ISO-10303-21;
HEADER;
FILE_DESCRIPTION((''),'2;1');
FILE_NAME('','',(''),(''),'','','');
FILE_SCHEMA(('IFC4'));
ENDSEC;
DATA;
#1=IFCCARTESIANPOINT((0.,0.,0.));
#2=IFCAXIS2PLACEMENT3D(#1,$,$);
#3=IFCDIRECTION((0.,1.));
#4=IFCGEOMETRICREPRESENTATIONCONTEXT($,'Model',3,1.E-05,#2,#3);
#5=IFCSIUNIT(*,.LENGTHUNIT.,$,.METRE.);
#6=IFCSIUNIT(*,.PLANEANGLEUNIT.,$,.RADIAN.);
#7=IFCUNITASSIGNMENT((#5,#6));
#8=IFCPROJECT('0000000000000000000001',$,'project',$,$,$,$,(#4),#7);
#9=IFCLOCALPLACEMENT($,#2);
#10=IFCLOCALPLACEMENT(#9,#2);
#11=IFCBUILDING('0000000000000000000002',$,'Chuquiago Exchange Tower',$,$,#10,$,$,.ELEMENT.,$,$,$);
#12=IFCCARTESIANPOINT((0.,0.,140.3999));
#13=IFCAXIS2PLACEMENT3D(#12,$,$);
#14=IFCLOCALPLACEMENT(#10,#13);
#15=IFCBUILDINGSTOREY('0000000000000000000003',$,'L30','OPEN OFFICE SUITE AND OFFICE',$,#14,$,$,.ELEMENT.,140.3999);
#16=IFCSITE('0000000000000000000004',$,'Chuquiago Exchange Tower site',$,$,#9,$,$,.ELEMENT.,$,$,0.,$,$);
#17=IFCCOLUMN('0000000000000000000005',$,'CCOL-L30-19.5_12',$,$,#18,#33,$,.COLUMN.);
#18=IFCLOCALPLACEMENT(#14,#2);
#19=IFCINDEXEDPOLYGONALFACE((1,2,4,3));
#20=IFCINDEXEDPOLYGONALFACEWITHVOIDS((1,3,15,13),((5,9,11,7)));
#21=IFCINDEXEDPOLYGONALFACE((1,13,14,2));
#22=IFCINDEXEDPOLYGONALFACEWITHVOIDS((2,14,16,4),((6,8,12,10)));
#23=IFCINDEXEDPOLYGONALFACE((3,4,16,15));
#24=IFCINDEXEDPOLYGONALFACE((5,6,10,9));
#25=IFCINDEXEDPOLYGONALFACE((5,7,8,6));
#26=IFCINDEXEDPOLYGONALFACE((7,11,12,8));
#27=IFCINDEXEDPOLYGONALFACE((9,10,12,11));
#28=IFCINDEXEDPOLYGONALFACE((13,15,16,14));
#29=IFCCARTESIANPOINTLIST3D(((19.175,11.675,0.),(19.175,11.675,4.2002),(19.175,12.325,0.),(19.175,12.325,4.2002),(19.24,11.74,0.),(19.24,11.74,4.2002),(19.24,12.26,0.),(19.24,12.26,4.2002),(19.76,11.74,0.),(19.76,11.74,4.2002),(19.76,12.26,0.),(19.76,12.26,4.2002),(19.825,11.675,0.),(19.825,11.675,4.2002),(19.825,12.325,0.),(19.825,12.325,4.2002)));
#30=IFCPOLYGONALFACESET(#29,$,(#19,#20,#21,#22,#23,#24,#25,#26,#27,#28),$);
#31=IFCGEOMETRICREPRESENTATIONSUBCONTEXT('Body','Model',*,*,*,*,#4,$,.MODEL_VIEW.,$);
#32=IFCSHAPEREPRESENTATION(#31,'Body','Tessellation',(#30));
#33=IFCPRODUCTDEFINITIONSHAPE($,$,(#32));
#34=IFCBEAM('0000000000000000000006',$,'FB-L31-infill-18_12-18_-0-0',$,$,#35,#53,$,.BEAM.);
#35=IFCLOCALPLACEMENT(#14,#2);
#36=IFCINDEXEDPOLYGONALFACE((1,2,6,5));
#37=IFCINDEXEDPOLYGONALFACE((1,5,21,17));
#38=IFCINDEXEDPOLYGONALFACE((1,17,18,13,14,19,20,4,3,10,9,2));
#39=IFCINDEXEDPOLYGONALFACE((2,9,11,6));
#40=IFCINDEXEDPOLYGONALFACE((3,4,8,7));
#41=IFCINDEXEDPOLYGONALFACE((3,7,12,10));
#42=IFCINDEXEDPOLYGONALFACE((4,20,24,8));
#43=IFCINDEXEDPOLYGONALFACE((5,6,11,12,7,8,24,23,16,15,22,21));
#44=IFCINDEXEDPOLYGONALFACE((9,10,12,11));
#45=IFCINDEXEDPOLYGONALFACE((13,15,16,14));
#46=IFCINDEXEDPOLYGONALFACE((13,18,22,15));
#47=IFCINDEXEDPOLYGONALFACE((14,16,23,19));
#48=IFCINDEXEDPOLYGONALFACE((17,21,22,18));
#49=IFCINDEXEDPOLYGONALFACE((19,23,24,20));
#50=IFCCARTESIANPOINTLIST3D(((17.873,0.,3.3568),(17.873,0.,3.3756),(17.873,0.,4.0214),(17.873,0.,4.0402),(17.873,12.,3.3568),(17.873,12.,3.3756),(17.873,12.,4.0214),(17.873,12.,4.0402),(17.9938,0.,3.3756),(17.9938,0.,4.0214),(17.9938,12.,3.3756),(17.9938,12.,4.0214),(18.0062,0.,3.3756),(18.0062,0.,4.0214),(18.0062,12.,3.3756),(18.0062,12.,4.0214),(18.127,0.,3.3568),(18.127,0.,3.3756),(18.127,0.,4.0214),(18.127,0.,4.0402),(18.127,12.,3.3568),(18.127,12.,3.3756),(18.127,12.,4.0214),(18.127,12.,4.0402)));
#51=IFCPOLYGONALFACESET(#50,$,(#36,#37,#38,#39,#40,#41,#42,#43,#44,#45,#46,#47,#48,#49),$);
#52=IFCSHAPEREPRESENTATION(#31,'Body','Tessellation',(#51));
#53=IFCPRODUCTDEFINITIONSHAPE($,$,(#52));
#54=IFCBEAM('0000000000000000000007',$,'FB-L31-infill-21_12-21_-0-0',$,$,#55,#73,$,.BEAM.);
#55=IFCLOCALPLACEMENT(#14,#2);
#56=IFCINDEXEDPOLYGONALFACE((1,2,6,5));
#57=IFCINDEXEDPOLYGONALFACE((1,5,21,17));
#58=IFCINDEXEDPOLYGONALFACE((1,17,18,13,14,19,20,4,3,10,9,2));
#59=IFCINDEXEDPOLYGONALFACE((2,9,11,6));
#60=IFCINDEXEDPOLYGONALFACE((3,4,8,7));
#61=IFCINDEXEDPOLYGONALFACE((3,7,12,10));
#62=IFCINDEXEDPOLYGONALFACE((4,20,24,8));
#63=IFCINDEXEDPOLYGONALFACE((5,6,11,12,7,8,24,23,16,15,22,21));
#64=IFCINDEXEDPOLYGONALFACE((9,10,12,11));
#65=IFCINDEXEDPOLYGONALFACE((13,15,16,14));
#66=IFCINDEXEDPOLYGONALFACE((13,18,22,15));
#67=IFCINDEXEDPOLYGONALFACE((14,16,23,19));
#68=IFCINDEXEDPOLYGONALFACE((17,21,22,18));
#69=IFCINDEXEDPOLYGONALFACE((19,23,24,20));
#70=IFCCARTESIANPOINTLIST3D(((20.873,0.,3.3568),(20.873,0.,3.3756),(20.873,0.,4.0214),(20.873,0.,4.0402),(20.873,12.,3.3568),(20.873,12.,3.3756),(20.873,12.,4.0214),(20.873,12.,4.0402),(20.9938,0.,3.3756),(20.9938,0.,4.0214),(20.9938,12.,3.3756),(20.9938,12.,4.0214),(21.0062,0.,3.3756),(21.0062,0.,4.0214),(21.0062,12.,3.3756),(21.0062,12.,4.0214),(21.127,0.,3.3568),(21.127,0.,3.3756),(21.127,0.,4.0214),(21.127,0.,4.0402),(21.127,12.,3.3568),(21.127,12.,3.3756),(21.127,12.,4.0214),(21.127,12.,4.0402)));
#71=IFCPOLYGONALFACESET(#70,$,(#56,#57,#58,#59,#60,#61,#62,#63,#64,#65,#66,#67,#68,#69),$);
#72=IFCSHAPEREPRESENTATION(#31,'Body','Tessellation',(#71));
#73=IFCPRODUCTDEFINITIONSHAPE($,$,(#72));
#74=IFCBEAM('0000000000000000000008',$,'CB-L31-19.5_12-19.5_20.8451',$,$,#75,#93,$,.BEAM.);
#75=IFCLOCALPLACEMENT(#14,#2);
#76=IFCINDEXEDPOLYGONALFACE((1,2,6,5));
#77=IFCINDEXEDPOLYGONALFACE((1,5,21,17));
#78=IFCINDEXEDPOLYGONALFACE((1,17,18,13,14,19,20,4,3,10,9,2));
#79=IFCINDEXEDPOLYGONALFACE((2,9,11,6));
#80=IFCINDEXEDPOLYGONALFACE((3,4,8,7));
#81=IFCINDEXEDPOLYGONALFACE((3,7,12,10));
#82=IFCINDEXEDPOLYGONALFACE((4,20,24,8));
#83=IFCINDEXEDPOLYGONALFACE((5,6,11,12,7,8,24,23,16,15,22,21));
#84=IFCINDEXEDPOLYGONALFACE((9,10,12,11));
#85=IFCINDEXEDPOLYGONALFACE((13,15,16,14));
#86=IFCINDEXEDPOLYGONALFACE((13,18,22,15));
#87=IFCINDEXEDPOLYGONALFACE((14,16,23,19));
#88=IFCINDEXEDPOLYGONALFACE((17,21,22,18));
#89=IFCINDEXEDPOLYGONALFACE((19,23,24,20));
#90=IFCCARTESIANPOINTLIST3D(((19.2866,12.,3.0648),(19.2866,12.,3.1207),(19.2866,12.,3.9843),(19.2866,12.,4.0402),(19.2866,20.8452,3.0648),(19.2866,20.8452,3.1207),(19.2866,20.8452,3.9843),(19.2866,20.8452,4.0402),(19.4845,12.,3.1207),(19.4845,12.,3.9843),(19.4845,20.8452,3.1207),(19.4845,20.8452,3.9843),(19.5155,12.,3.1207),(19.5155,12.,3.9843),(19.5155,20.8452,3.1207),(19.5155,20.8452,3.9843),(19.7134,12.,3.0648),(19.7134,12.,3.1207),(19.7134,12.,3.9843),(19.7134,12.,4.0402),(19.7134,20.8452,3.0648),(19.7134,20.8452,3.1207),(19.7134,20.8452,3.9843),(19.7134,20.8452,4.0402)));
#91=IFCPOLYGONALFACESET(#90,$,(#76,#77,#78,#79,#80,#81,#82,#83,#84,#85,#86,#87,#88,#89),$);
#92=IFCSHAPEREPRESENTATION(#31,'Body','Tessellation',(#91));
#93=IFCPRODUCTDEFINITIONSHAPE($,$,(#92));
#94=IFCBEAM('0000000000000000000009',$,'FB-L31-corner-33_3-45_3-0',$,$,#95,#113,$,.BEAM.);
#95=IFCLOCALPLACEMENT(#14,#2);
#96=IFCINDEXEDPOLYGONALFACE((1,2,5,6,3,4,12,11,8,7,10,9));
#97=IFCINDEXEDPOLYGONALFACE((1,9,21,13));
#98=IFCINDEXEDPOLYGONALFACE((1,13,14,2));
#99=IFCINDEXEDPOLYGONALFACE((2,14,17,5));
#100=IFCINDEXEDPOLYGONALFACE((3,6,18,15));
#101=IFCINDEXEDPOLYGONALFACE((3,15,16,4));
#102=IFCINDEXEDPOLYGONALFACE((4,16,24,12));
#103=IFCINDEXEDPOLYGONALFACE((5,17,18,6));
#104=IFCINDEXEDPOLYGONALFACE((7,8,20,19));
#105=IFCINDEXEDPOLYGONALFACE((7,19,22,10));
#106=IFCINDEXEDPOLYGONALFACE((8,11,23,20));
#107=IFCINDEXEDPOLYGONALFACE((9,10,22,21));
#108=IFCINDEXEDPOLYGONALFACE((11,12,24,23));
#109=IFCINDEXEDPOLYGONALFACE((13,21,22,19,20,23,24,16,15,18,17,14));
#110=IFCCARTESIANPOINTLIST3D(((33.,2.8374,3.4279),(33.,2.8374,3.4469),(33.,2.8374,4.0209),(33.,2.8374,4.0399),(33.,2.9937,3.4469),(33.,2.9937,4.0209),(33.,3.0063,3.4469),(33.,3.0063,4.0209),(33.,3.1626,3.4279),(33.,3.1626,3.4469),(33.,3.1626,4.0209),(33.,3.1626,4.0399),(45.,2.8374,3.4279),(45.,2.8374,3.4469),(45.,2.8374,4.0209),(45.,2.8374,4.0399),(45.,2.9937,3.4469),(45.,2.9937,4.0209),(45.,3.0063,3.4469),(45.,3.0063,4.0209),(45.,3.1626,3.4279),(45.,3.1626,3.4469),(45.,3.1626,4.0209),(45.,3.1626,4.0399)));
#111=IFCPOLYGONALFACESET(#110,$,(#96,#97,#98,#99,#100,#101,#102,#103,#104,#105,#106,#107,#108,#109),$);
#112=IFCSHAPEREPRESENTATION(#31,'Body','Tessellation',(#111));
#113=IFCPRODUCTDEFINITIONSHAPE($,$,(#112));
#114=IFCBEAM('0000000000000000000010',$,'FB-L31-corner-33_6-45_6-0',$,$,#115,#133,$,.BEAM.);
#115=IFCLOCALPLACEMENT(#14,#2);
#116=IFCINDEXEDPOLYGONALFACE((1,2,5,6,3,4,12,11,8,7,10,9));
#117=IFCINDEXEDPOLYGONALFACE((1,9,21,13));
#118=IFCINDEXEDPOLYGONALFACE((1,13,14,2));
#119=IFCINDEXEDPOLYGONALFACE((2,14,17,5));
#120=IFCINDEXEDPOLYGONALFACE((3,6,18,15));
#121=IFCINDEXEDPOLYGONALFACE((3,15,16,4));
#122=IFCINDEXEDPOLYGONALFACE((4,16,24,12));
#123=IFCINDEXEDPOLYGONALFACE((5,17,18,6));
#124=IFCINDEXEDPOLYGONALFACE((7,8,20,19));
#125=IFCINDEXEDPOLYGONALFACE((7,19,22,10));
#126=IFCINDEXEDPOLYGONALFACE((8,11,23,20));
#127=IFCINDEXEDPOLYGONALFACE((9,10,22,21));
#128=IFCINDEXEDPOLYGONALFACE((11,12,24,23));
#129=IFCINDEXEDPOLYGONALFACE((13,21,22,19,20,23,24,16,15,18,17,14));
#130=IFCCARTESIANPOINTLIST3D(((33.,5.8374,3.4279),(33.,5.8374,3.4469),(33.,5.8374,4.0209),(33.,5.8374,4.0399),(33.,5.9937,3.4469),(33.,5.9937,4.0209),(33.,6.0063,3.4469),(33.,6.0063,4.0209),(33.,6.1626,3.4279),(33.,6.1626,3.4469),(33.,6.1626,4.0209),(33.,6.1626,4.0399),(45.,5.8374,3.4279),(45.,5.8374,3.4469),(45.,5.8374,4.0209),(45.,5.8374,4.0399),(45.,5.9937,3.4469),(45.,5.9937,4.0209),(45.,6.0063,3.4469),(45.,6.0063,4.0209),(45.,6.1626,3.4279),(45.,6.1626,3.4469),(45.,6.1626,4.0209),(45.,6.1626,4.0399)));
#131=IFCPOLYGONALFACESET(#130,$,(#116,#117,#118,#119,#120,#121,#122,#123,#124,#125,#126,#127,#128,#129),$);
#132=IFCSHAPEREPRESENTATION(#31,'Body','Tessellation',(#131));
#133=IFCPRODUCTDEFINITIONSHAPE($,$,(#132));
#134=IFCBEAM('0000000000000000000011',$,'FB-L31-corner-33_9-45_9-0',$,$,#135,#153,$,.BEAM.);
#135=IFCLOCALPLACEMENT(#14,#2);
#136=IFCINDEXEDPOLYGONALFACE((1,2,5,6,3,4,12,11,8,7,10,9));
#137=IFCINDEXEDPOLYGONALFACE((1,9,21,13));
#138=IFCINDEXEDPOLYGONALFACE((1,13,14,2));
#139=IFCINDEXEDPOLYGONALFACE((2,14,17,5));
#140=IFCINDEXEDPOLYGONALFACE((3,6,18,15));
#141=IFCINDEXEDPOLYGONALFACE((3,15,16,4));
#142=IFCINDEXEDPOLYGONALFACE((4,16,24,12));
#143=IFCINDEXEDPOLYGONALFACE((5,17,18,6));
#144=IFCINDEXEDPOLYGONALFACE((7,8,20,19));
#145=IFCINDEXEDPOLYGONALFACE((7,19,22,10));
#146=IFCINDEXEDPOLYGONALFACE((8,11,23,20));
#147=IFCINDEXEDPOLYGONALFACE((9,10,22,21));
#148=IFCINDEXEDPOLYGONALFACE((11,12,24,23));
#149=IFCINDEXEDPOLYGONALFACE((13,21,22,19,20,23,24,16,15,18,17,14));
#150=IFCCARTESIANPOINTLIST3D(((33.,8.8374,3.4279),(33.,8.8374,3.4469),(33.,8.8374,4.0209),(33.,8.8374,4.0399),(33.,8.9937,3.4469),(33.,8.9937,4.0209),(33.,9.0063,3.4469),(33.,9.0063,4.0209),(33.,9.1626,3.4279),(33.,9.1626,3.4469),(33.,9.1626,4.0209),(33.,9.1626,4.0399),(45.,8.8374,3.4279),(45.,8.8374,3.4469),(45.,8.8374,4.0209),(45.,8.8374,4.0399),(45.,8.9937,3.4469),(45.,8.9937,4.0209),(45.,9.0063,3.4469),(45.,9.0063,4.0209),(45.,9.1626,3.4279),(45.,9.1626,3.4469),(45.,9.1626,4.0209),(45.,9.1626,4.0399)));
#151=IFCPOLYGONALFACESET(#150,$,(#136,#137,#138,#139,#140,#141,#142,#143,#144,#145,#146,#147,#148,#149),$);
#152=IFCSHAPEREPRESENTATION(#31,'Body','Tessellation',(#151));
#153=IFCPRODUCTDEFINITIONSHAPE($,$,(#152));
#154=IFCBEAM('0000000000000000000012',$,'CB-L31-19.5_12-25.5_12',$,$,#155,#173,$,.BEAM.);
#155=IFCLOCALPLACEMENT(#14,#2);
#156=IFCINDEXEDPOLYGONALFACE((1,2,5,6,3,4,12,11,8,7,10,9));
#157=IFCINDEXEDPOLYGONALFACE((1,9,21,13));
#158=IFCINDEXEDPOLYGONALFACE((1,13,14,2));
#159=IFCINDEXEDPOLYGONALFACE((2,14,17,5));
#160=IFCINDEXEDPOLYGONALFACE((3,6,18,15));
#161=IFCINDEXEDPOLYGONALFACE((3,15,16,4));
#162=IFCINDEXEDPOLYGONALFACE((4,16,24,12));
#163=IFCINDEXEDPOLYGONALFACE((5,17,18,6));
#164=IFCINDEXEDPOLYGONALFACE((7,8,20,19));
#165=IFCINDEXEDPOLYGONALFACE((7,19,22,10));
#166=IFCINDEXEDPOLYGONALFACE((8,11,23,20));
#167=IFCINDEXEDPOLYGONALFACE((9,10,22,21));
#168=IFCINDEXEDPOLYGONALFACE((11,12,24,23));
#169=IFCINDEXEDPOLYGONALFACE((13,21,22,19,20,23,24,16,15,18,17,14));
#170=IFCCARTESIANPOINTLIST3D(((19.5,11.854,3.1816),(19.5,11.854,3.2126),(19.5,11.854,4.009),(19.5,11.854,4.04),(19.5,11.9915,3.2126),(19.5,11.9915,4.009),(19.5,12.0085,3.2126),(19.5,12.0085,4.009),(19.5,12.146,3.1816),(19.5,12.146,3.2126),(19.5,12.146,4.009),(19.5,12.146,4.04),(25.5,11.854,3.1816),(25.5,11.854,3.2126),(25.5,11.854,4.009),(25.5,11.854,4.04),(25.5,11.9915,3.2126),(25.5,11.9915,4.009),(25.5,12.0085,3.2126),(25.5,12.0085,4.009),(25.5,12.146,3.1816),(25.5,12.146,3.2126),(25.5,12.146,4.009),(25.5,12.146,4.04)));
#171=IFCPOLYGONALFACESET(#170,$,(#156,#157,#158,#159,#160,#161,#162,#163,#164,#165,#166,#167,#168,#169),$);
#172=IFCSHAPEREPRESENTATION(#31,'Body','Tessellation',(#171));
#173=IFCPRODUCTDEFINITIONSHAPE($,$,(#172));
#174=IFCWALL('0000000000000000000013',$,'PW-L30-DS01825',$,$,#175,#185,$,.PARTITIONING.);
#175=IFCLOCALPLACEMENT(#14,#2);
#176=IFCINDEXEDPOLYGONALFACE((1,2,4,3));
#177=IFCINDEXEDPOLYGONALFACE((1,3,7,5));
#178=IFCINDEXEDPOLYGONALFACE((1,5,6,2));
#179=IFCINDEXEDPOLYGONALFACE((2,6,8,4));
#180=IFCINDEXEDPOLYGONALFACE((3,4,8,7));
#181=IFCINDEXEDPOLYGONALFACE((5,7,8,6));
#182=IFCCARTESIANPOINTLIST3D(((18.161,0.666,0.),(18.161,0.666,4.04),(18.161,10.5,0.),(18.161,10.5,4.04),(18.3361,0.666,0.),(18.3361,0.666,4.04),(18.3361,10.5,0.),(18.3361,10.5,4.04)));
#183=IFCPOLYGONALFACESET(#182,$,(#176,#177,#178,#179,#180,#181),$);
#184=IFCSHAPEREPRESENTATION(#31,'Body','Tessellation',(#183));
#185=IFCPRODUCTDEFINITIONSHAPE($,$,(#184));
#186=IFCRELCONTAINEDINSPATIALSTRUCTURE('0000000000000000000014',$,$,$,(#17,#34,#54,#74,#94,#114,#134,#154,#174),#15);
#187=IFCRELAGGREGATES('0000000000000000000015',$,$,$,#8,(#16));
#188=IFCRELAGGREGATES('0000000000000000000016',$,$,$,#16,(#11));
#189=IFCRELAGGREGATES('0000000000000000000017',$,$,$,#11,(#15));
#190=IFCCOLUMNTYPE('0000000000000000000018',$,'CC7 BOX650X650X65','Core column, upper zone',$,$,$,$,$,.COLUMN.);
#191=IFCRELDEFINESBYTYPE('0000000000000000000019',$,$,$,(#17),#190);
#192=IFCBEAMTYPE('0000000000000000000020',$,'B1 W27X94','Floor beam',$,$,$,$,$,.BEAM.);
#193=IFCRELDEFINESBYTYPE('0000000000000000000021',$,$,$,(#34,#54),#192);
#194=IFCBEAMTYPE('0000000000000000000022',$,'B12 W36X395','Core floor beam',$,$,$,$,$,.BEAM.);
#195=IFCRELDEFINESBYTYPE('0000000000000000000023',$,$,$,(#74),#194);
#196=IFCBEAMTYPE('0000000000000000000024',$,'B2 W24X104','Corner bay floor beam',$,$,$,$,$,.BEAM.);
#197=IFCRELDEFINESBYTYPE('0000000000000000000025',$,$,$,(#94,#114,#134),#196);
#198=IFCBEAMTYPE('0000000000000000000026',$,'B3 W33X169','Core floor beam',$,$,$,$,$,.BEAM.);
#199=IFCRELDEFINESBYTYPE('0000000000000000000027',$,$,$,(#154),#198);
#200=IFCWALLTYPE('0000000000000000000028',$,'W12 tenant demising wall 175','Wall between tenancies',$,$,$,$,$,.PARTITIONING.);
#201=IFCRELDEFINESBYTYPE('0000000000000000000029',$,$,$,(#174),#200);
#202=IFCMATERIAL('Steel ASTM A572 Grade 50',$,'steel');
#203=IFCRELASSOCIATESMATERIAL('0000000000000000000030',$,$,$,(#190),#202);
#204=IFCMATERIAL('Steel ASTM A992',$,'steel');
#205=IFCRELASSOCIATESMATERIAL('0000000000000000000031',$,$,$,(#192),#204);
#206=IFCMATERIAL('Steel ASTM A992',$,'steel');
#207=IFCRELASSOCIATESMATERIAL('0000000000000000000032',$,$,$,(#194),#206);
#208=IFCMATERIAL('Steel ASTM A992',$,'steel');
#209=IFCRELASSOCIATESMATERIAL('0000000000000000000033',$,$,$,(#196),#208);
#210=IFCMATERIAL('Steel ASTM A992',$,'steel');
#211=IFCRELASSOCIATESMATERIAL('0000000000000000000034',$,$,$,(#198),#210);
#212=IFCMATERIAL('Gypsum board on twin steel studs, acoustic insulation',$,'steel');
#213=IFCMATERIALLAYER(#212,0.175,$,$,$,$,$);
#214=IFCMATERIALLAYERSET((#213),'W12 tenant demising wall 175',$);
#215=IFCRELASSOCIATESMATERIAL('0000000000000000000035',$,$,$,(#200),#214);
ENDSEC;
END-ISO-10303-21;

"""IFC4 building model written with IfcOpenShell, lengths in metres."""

from ifc_helpers import new_model, si_unit, direction, frame, frame_2d, origin, origin_2d, place, context, subcontext, project, spatial, rectangle, hollow_rectangle, i_section, extrude, material, layer, layer_set, material_profile, profile_set, type_object, element, save


model = new_model("IFC4")

# Units and contexts
model_context = context("Model", 3, precision=1e-05, world=origin(), true_north=direction((0.0, 1.0)))
body_context = subcontext(model_context, "Body", "Model", "MODEL_VIEW")
ifc_project = project(units=[si_unit("LENGTHUNIT", "METRE"), si_unit("PLANEANGLEUNIT", "RADIAN")], contexts=[model_context])

# Site, building, storey
site_placement = place(None, origin())
site = spatial("IfcSite", under=ifc_project, at=site_placement, Name="Chuquiago Exchange Tower site", CompositionType="ELEMENT", RefElevation=0.0)
building_placement = place(site_placement, origin())
building = spatial("IfcBuilding", under=site, at=building_placement, Name="Chuquiago Exchange Tower", CompositionType="ELEMENT")
storey_placement = place(building_placement, frame((0.0, 0.0, 140.3999)))
storey = spatial("IfcBuildingStorey", under=building, at=storey_placement, Name="L30", Description="OPEN OFFICE SUITE AND OFFICE", CompositionType="ELEMENT", Elevation=140.3999)

# Column
ifc_material_1 = material(Name="Steel ASTM A572 Grade 50", Category="steel")
ifc_material_profile_1 = material_profile(ifc_material_1, hollow_rectangle(XDim=0.6499, YDim=0.6499, WallThickness=0.0649, at=origin_2d()), Name="BOX650X650X65")
ifc_profile_set_1 = profile_set([ifc_material_profile_1], Name="Steel ASTM A572 Grade 50")
column_type = type_object("IfcColumnType", Name="CC7 BOX650X650X65", Description="Core column, upper zone", PredefinedType="COLUMN", material=ifc_profile_set_1)
column_placement = place(storey_placement, frame((19.5, 12.0, 0.0), z_axis=(0.0, 0.0, 1.0), x_axis=(1.0, 0.0, 0.0)))
element("IfcColumn", 1, at=column_placement, inside=storey, type_object=column_type, Name="CCOL-L30-19.5_12", PredefinedType="COLUMN", context=body_context, shape_type="SweptSolid", body=[
    extrude(hollow_rectangle(XDim=0.6499, YDim=0.6499, WallThickness=0.0649, at=origin_2d()), origin(), (0.0, 0.0, 1.0), 4.2002),
])

# Beams
ifc_material_2 = material(Name="Steel ASTM A992", Category="steel")
ifc_material_profile_2 = material_profile(ifc_material_2, i_section(OverallWidth=0.2539, OverallDepth=0.6833, WebThickness=0.0125, FlangeThickness=0.0188, at=origin_2d()), Name="W27X94")
ifc_profile_set_2 = profile_set([ifc_material_profile_2], Name="Steel ASTM A992")
beam_type_1 = type_object("IfcBeamType", Name="B1 W27X94", Description="Floor beam", PredefinedType="BEAM", material=ifc_profile_set_2)
for number, where, z_axis, x_axis, name in (
    (2, (18.0, 12.0, 3.6985), (0.0, -1.0, 0.0), (1.0, 0.0, 0.0), "FB-L31-infill-18_12-18_-0-0"),
    (3, (21.0, 12.0, 3.6985), (0.0, -1.0, 0.0), (1.0, 0.0, 0.0), "FB-L31-infill-21_12-21_-0-0"),
):
    element("IfcBeam", number, at=place(storey_placement, frame(where, z_axis=z_axis, x_axis=x_axis)), inside=storey, type_object=beam_type_1, Name=name, PredefinedType="BEAM", context=body_context, shape_type="SweptSolid", body=[
        extrude(i_section(OverallWidth=0.2539, OverallDepth=0.6833, WebThickness=0.0125, FlangeThickness=0.0188, at=origin_2d()), origin(), (0.0, 0.0, 1.0), 12.0),
    ])
ifc_material_3 = material(Name="Steel ASTM A992", Category="steel")
ifc_material_profile_3 = material_profile(ifc_material_3, i_section(OverallWidth=0.4268, OverallDepth=0.9753, WebThickness=0.031, FlangeThickness=0.0559, at=origin_2d()), Name="W36X395")
ifc_profile_set_3 = profile_set([ifc_material_profile_3], Name="Steel ASTM A992")
beam_type_2 = type_object("IfcBeamType", Name="B12 W36X395", Description="Core floor beam", PredefinedType="BEAM", material=ifc_profile_set_3)
beam_1_placement = place(storey_placement, frame((19.5, 12.0, 3.5525), z_axis=(0.0, 1.0, 0.0), x_axis=(-1.0, 0.0, 0.0)))
element("IfcBeam", 4, at=beam_1_placement, inside=storey, type_object=beam_type_2, Name="CB-L31-19.5_12-19.5_20.8451", PredefinedType="BEAM", context=body_context, shape_type="SweptSolid", body=[
    extrude(i_section(OverallWidth=0.4268, OverallDepth=0.9753, WebThickness=0.031, FlangeThickness=0.0559, at=origin_2d()), origin(), (0.0, 0.0, 1.0), 8.8452),
])
ifc_material_4 = material(Name="Steel ASTM A992", Category="steel")
ifc_material_profile_4 = material_profile(ifc_material_4, i_section(OverallWidth=0.3252, OverallDepth=0.6121, WebThickness=0.0127, FlangeThickness=0.019, at=origin_2d()), Name="W24X104")
ifc_profile_set_4 = profile_set([ifc_material_profile_4], Name="Steel ASTM A992")
beam_type_3 = type_object("IfcBeamType", Name="B2 W24X104", Description="Corner bay floor beam", PredefinedType="BEAM", material=ifc_profile_set_4)
for number, where, z_axis, x_axis, name in (
    (5, (33.0, 3.0, 3.7339), (1.0, 0.0, 0.0), (0.0, 1.0, 0.0), "FB-L31-corner-33_3-45_3-0"),
    (6, (33.0, 6.0, 3.7339), (1.0, 0.0, 0.0), (0.0, 1.0, 0.0), "FB-L31-corner-33_6-45_6-0"),
    (7, (33.0, 9.0, 3.7339), (1.0, 0.0, 0.0), (0.0, 1.0, 0.0), "FB-L31-corner-33_9-45_9-0"),
):
    element("IfcBeam", number, at=place(storey_placement, frame(where, z_axis=z_axis, x_axis=x_axis)), inside=storey, type_object=beam_type_3, Name=name, PredefinedType="BEAM", context=body_context, shape_type="SweptSolid", body=[
        extrude(i_section(OverallWidth=0.3252, OverallDepth=0.6121, WebThickness=0.0127, FlangeThickness=0.019, at=origin_2d()), origin(), (0.0, 0.0, 1.0), 12.0),
    ])
ifc_material_5 = material(Name="Steel ASTM A992", Category="steel")
ifc_material_profile_5 = material_profile(ifc_material_5, i_section(OverallWidth=0.292, OverallDepth=0.8584, WebThickness=0.0171, FlangeThickness=0.031, at=origin_2d()), Name="W33X169")
ifc_profile_set_5 = profile_set([ifc_material_profile_5], Name="Steel ASTM A992")
beam_type_4 = type_object("IfcBeamType", Name="B3 W33X169", Description="Core floor beam", PredefinedType="BEAM", material=ifc_profile_set_5)
beam_2_placement = place(storey_placement, frame((19.5, 12.0, 3.6108), z_axis=(1.0, 0.0, 0.0), x_axis=(0.0, 1.0, 0.0)))
element("IfcBeam", 8, at=beam_2_placement, inside=storey, type_object=beam_type_4, Name="CB-L31-19.5_12-25.5_12", PredefinedType="BEAM", context=body_context, shape_type="SweptSolid", body=[
    extrude(i_section(OverallWidth=0.292, OverallDepth=0.8584, WebThickness=0.0171, FlangeThickness=0.031, at=origin_2d()), origin(), (0.0, 0.0, 1.0), 6.0),
])

# Wall
ifc_material_6 = material(Name="Gypsum board on twin steel studs, acoustic insulation", Category="steel")
ifc_layer_1 = layer(ifc_material_6, 0.175)
ifc_layer_set_1 = layer_set([ifc_layer_1], Name="W12 tenant demising wall 175")
wall_type_1 = type_object("IfcWallType", Name="W12 tenant demising wall 175", Description="Wall between tenancies", PredefinedType="PARTITIONING", material=ifc_layer_set_1)
wall_1_placement = place(storey_placement, frame((18.2485, 0.666, 0.0), z_axis=(0.0, 0.0, 1.0), x_axis=(0.0, 1.0, 0.0)))
element("IfcWall", 9, at=wall_1_placement, inside=storey, type_object=wall_type_1, Name="PW-L30-DS01825", PredefinedType="PARTITIONING", context=body_context, shape_type="SweptSolid", body=[
    extrude(rectangle(XDim=9.834, YDim=0.175, at=frame_2d((4.917, 0.0))), origin(), (0.0, 0.0, 1.0), 4.04),
])

save(model, "model.ifc")
